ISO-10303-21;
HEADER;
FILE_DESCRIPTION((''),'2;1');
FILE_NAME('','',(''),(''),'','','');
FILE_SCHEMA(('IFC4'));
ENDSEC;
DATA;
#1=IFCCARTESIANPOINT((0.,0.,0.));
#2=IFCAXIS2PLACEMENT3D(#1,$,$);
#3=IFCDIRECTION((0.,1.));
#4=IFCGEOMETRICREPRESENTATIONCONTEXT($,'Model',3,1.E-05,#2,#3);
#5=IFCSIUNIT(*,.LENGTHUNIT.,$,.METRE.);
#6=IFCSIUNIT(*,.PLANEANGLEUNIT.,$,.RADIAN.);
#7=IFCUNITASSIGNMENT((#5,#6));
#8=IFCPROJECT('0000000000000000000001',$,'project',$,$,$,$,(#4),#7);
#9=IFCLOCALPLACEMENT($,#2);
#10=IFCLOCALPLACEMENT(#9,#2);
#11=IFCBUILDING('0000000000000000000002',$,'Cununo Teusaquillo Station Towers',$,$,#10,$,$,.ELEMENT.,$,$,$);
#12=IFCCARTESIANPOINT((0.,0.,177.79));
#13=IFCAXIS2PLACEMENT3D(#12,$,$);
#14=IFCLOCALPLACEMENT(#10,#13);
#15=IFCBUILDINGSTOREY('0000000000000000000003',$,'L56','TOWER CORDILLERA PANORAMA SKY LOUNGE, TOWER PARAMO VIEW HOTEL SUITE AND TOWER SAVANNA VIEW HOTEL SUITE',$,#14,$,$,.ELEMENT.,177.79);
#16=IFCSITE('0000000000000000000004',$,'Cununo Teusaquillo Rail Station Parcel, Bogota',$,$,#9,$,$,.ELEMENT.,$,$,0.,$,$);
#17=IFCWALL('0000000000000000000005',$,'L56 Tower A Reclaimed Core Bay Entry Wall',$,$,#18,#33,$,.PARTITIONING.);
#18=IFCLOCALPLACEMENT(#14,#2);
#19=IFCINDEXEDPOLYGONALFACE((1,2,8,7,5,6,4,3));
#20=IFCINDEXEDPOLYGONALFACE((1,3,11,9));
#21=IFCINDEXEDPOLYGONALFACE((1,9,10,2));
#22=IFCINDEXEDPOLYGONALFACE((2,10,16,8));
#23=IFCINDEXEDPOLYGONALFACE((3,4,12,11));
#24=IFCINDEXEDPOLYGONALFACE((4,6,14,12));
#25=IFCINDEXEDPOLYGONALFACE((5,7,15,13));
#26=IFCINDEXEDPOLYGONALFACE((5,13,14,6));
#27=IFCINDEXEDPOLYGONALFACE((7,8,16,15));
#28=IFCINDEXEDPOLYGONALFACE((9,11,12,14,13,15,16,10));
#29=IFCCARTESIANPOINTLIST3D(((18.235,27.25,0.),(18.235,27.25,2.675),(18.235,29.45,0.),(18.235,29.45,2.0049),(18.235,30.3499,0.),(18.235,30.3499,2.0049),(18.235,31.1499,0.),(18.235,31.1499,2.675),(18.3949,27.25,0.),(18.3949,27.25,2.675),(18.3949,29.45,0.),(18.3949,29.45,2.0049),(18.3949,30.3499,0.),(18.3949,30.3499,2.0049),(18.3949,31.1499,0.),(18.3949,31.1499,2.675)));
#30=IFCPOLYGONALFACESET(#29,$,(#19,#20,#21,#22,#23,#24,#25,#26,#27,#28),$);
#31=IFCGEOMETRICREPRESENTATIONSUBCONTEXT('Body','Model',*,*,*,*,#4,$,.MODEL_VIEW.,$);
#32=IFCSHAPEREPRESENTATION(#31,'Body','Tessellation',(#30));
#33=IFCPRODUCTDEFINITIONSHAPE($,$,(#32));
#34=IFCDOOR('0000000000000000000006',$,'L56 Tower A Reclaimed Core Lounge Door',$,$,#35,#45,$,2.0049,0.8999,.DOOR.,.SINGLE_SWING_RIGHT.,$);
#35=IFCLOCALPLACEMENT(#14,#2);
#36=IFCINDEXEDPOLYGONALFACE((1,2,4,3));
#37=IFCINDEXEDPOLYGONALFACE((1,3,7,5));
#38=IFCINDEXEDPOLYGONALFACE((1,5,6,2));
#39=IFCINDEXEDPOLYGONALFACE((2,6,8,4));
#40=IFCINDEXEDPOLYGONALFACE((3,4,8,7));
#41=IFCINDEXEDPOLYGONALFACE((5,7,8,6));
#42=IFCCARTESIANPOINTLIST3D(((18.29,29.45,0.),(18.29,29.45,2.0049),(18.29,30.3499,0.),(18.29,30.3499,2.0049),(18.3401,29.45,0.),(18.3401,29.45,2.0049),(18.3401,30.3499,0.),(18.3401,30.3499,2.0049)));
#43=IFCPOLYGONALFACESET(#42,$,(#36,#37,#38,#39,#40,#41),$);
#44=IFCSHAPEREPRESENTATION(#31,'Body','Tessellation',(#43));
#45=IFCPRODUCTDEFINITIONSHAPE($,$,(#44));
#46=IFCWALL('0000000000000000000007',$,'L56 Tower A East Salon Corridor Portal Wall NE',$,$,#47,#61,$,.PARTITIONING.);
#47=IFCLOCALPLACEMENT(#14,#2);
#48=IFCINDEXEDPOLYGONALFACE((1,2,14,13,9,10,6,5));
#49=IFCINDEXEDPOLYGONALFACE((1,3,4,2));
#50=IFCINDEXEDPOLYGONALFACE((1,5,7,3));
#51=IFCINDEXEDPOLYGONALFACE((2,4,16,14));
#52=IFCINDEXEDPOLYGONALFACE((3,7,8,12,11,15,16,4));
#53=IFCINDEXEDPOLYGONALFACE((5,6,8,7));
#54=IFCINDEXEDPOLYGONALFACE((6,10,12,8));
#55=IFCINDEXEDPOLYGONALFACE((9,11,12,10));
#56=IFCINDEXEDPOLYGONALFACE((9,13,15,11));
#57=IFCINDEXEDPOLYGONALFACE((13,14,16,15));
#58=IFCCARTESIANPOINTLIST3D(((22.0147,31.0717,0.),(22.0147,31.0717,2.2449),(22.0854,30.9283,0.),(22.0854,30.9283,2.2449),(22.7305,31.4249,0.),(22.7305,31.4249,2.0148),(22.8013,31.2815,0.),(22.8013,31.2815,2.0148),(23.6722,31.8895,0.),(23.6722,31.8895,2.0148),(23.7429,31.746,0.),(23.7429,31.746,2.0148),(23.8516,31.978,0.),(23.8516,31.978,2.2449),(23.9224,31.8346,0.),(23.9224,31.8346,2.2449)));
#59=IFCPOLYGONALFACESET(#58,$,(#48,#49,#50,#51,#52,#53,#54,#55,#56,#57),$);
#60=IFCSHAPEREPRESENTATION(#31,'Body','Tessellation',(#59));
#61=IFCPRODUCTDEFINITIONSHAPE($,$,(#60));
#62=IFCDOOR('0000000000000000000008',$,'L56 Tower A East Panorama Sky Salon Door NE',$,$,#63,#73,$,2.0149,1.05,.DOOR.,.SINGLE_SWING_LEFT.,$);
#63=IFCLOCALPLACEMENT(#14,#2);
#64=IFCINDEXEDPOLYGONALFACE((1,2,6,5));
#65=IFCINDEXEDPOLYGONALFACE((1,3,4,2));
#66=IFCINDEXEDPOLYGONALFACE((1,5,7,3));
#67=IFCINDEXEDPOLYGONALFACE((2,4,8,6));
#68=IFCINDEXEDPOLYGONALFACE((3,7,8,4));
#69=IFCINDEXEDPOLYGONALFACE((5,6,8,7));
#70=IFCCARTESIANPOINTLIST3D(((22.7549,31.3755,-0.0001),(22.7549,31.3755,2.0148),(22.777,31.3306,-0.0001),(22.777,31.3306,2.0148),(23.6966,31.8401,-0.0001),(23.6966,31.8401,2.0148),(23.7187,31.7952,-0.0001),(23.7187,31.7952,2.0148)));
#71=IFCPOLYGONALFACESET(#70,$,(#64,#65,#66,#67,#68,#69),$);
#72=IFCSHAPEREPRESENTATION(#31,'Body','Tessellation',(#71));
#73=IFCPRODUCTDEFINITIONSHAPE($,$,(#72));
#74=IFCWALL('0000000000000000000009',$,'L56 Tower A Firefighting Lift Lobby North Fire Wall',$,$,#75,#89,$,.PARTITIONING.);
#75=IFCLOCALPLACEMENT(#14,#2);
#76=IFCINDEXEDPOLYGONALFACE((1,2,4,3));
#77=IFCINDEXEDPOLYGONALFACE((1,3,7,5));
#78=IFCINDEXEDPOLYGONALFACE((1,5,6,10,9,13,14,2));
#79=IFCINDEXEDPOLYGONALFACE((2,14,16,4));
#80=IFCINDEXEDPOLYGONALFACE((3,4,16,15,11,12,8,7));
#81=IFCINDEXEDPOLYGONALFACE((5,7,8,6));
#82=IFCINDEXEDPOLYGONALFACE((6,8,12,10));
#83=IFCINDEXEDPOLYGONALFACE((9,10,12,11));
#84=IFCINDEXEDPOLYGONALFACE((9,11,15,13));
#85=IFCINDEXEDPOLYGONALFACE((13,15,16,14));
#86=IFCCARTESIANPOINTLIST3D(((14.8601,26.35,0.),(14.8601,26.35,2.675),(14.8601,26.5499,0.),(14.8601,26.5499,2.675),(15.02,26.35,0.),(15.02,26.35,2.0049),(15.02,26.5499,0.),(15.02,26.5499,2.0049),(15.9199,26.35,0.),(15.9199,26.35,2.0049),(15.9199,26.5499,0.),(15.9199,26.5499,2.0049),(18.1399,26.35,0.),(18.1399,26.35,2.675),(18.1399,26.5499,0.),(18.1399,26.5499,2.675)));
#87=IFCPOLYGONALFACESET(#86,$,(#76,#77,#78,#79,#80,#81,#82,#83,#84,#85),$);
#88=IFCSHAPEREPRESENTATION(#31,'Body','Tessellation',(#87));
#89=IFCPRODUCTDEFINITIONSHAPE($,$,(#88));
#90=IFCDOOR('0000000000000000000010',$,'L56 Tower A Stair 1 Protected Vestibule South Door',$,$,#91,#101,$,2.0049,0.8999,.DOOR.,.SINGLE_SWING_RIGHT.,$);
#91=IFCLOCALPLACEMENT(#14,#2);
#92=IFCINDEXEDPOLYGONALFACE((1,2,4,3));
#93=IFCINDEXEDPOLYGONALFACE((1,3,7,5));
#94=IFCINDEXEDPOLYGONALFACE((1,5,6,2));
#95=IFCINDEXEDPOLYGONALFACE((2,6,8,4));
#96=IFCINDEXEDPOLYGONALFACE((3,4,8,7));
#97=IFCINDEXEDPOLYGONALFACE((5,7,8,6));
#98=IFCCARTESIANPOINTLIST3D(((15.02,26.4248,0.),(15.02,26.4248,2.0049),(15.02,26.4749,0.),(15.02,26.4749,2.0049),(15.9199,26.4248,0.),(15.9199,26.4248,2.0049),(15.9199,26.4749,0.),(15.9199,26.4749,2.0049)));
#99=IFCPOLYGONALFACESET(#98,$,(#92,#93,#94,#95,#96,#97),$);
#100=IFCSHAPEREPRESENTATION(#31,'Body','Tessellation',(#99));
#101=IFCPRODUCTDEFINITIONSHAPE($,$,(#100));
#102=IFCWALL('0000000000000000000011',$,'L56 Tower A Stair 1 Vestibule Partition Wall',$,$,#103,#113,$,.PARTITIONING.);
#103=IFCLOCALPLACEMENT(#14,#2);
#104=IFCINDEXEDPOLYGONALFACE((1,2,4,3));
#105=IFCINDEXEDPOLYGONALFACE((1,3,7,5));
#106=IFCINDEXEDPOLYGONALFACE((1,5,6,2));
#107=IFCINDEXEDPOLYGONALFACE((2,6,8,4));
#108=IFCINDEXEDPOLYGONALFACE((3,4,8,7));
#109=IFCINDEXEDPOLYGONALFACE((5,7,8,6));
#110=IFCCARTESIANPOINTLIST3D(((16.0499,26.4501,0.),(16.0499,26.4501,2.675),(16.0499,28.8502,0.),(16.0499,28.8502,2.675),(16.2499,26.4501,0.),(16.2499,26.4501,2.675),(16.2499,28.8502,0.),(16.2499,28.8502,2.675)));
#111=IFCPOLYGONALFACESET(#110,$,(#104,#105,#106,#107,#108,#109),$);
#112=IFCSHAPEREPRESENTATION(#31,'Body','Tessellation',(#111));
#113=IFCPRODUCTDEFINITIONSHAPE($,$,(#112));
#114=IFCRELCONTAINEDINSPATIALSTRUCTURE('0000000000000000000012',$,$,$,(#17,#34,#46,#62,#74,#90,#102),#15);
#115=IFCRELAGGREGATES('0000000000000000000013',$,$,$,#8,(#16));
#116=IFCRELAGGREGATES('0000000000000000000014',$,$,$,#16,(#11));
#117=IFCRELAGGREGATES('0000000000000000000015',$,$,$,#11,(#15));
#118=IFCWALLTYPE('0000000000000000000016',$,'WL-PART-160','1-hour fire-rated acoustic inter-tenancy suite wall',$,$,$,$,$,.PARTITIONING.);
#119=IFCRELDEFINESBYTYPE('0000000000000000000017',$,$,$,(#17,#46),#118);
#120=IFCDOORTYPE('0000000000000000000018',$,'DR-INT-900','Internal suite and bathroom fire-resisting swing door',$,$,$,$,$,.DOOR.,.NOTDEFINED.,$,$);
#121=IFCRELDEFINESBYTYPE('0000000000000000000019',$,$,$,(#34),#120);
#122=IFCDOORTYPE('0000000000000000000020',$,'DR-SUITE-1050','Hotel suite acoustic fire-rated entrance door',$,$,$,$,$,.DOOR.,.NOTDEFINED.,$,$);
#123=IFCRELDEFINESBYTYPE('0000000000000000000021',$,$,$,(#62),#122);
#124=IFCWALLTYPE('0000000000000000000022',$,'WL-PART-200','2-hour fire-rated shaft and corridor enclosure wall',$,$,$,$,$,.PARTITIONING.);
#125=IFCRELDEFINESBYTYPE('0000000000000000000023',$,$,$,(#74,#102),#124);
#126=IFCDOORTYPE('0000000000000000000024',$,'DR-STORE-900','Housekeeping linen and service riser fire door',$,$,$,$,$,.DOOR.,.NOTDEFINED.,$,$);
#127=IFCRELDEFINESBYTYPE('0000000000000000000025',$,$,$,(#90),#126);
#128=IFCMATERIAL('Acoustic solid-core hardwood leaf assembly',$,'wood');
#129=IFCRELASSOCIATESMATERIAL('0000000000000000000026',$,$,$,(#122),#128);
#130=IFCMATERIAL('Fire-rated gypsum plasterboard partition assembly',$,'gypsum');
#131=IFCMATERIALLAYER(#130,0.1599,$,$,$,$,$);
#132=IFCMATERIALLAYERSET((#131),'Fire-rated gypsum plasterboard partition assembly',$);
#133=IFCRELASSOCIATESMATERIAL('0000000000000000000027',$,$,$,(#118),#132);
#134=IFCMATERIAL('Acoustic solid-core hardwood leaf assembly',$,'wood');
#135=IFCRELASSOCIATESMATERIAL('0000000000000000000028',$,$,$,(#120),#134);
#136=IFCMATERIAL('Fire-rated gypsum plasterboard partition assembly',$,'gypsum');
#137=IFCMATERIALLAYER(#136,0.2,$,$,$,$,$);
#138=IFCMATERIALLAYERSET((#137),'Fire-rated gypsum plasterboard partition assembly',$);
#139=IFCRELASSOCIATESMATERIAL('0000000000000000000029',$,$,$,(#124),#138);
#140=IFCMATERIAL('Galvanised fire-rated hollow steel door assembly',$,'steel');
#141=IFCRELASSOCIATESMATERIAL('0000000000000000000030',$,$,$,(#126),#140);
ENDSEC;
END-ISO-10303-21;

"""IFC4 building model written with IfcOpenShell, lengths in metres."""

from ifc_helpers import new_model, si_unit, direction, frame, frame_2d, origin, place, context, subcontext, project, spatial, rectangle, extrude, source, transform, mapped, material, layer, layer_set, type_object, element, fill, save


model = new_model("IFC4")

# Units and contexts
model_context = context("Model", 3, precision=1e-05, world=origin(), true_north=direction((0.0, 1.0)))
body_context = subcontext(model_context, "Body", "Model", "MODEL_VIEW")
ifc_project = project(units=[si_unit("LENGTHUNIT", "METRE"), si_unit("PLANEANGLEUNIT", "RADIAN")], contexts=[model_context])

# Site, building, storey
site_placement = place(None, origin())
site = spatial("IfcSite", under=ifc_project, at=site_placement, Name="Cununo Teusaquillo Rail Station Parcel, Bogota", CompositionType="ELEMENT", RefElevation=0.0)
building_placement = place(site_placement, origin())
building = spatial("IfcBuilding", under=site, at=building_placement, Name="Cununo Teusaquillo Station Towers", CompositionType="ELEMENT")
storey_placement = place(building_placement, frame((0.0, 0.0, 177.79)))
storey = spatial("IfcBuildingStorey", under=building, at=storey_placement, Name="L56", Description="TOWER CORDILLERA PANORAMA SKY LOUNGE, TOWER PARAMO VIEW HOTEL SUITE AND TOWER SAVANNA VIEW HOTEL SUITE", CompositionType="ELEMENT", Elevation=177.79)

# Walls, openings, doors
ifc_material_1 = material(Name="Acoustic solid-core hardwood leaf assembly", Category="wood")
door_type_1 = type_object("IfcDoorType", Name="DR-SUITE-1050", Description="Hotel suite acoustic fire-rated entrance door", OperationType="NOTDEFINED", PredefinedType="DOOR", material=ifc_material_1)
shared_shape_1 = source(origin(), body_context, "Body", "SweptSolid", [
    extrude(rectangle(XDim=1.05, YDim=2.0149, at=frame_2d((0.5249, 1.0073))), frame((0.0, 0.0249, 0.0), z_axis=(0.0, -1.0, 0.0), x_axis=(1.0, 0.0, 0.0)), (0.0, 0.0, 1.0), 0.05),
])
ifc_material_2 = material(Name="Fire-rated gypsum plasterboard partition assembly", Category="gypsum")
ifc_layer_1 = layer(ifc_material_2, 0.1599)
ifc_layer_set_1 = layer_set([ifc_layer_1], Name="Fire-rated gypsum plasterboard partition assembly")
wall_type_1 = type_object("IfcWallType", Name="WL-PART-160", Description="1-hour fire-rated acoustic inter-tenancy suite wall", PredefinedType="PARTITIONING", material=ifc_layer_set_1)
wall_1_placement = place(storey_placement, frame((18.3149, 27.25, 0.0), z_axis=(0.0, 0.0, 1.0), x_axis=(0.0, 1.0, 0.0)))
wall_1 = element("IfcWall", 1, at=wall_1_placement, inside=storey, type_object=wall_type_1, Name="L56 Tower A Reclaimed Core Bay Entry Wall", PredefinedType="PARTITIONING", context=body_context, shape_type="SweptSolid", body=[
    extrude(rectangle(XDim=3.8999, YDim=0.1599, at=frame_2d((1.95, 0.0))), origin(), (0.0, 0.0, 1.0), 2.675),
])
shared_shape_2 = source(origin(), body_context, "Body", "SweptSolid", [
    extrude(rectangle(XDim=0.8999, YDim=2.0049, at=frame_2d((0.45, 1.0024))), frame((0.0, 0.0898, 0.0), z_axis=(0.0, -1.0, 0.0), x_axis=(1.0, 0.0, 0.0)), (0.0, 0.0, 1.0), 0.1799),
])
opening_1_placement = place(wall_1_placement, frame((2.2, 0.0, 0.0)))
opening_1 = element("IfcOpeningElement", 2, at=opening_1_placement, cuts=wall_1, PredefinedType="OPENING", context=body_context, shape_type="MappedRepresentation", body=[
    mapped(shared_shape_2, transform((0.0, 0.0, 0.0), x_axis=(1.0, 0.0, 0.0), y_axis=(0.0, 1.0, 0.0), z_axis=(0.0, 0.0, 1.0), scale=1.0)),
])
ifc_material_3 = material(Name="Acoustic solid-core hardwood leaf assembly", Category="wood")
door_type_2 = type_object("IfcDoorType", Name="DR-INT-900", Description="Internal suite and bathroom fire-resisting swing door", OperationType="NOTDEFINED", PredefinedType="DOOR", material=ifc_material_3)
shared_shape_3 = source(origin(), body_context, "Body", "SweptSolid", [
    extrude(rectangle(XDim=0.8999, YDim=2.0049, at=frame_2d((0.45, 1.0024))), frame((0.0, 0.0249, 0.0), z_axis=(0.0, -1.0, 0.0), x_axis=(1.0, 0.0, 0.0)), (0.0, 0.0, 1.0), 0.05),
])
door_1_placement = place(opening_1_placement, origin())
door_1 = element("IfcDoor", 3, at=door_1_placement, inside=storey, type_object=door_type_2, Name="L56 Tower A Reclaimed Core Lounge Door", OperationType="SINGLE_SWING_RIGHT", OverallHeight=2.0049, OverallWidth=0.8999, PredefinedType="DOOR", context=body_context, shape_type="MappedRepresentation", body=[
    mapped(shared_shape_3, transform((0.0, 0.0, 0.0), x_axis=(1.0, 0.0, 0.0), y_axis=(0.0, 1.0, 0.0), z_axis=(0.0, 0.0, 1.0), scale=1.0)),
])
fill(opening_1, door_1)
wall_2_placement = place(storey_placement, frame((22.05, 31.0, 0.0), z_axis=(0.0, 0.0, 1.0), x_axis=(0.896798, 0.44244, 0.0)))
wall_2 = element("IfcWall", 4, at=wall_2_placement, inside=storey, type_object=wall_type_1, Name="L56 Tower A East Salon Corridor Portal Wall NE", PredefinedType="PARTITIONING", context=body_context, shape_type="SweptSolid", body=[
    extrude(rectangle(XDim=2.0483, YDim=0.1599, at=frame_2d((1.0242, 0.0))), origin(), (0.0, 0.0, 1.0), 2.2449),
])
shared_shape_4 = source(origin(), body_context, "Body", "SweptSolid", [
    extrude(rectangle(XDim=1.05, YDim=2.0149, at=frame_2d((0.5249, 1.0073))), frame((0.0, 0.0898, 0.0), z_axis=(0.0, -1.0, 0.0), x_axis=(1.0, 0.0, 0.0)), (0.0, 0.0, 1.0), 0.1799),
])
opening_2_placement = place(wall_2_placement, frame((0.7983, 0.0, 0.0)))
opening_2 = element("IfcOpeningElement", 5, at=opening_2_placement, cuts=wall_2, PredefinedType="OPENING", context=body_context, shape_type="MappedRepresentation", body=[
    mapped(shared_shape_4, transform((0.0, 0.0, 0.0), x_axis=(1.0, 0.0, 0.0), y_axis=(0.0, 1.0, 0.0), z_axis=(0.0, 0.0, 1.0), scale=1.0)),
])
door_2_placement = place(opening_2_placement, origin())
door_2 = element("IfcDoor", 6, at=door_2_placement, inside=storey, type_object=door_type_1, Name="L56 Tower A East Panorama Sky Salon Door NE", OperationType="SINGLE_SWING_LEFT", OverallHeight=2.0149, OverallWidth=1.05, PredefinedType="DOOR", context=body_context, shape_type="MappedRepresentation", body=[
    mapped(shared_shape_1, transform((0.0, 0.0, 0.0), x_axis=(1.0, 0.0, 0.0), y_axis=(0.0, 1.0, 0.0), z_axis=(0.0, 0.0, 1.0), scale=1.0)),
])
fill(opening_2, door_2)
ifc_material_4 = material(Name="Fire-rated gypsum plasterboard partition assembly", Category="gypsum")
ifc_layer_2 = layer(ifc_material_4, 0.2)
ifc_layer_set_2 = layer_set([ifc_layer_2], Name="Fire-rated gypsum plasterboard partition assembly")
wall_type_2 = type_object("IfcWallType", Name="WL-PART-200", Description="2-hour fire-rated shaft and corridor enclosure wall", PredefinedType="PARTITIONING", material=ifc_layer_set_2)
wall_3_placement = place(storey_placement, frame((14.8601, 26.45, 0.0), z_axis=(0.0, 0.0, 1.0), x_axis=(1.0, 0.0, 0.0)))
wall_3 = element("IfcWall", 7, at=wall_3_placement, inside=storey, type_object=wall_type_2, Name="L56 Tower A Firefighting Lift Lobby North Fire Wall", PredefinedType="PARTITIONING", context=body_context, shape_type="SweptSolid", body=[
    extrude(rectangle(XDim=3.2798, YDim=0.2, at=frame_2d((1.6399, 0.0))), origin(), (0.0, 0.0, 1.0), 2.675),
])
shared_shape_5 = source(origin(), body_context, "Body", "SweptSolid", [
    extrude(rectangle(XDim=0.8999, YDim=2.0049, at=frame_2d((0.45, 1.0024))), frame((0.0, 0.1099, 0.0), z_axis=(0.0, -1.0, 0.0), x_axis=(1.0, 0.0, 0.0)), (0.0, 0.0, 1.0), 0.22),
])
opening_3_placement = place(wall_3_placement, frame((0.1599, 0.0, 0.0)))
opening_3 = element("IfcOpeningElement", 8, at=opening_3_placement, cuts=wall_3, PredefinedType="OPENING", context=body_context, shape_type="MappedRepresentation", body=[
    mapped(shared_shape_5, transform((0.0, 0.0, 0.0), x_axis=(1.0, 0.0, 0.0), y_axis=(0.0, 1.0, 0.0), z_axis=(0.0, 0.0, 1.0), scale=1.0)),
])
ifc_material_5 = material(Name="Galvanised fire-rated hollow steel door assembly", Category="steel")
door_type_3 = type_object("IfcDoorType", Name="DR-STORE-900", Description="Housekeeping linen and service riser fire door", OperationType="NOTDEFINED", PredefinedType="DOOR", material=ifc_material_5)
door_3_placement = place(opening_3_placement, origin())
door_3 = element("IfcDoor", 9, at=door_3_placement, inside=storey, type_object=door_type_3, Name="L56 Tower A Stair 1 Protected Vestibule South Door", OperationType="SINGLE_SWING_RIGHT", OverallHeight=2.0049, OverallWidth=0.8999, PredefinedType="DOOR", context=body_context, shape_type="MappedRepresentation", body=[
    mapped(shared_shape_3, transform((0.0, 0.0, 0.0), x_axis=(1.0, 0.0, 0.0), y_axis=(0.0, 1.0, 0.0), z_axis=(0.0, 0.0, 1.0), scale=1.0)),
])
fill(opening_3, door_3)

# Wall
wall_4_placement = place(storey_placement, frame((16.1499, 26.45, 0.0), z_axis=(0.0, 0.0, 1.0), x_axis=(0.0, 1.0, 0.0)))
element("IfcWall", 10, at=wall_4_placement, inside=storey, type_object=wall_type_2, Name="L56 Tower A Stair 1 Vestibule Partition Wall", PredefinedType="PARTITIONING", context=body_context, shape_type="SweptSolid", body=[
    extrude(rectangle(XDim=2.4001, YDim=0.2, at=frame_2d((1.2002, 0.0))), origin(), (0.0, 0.0, 1.0), 2.675),
])

save(model, "model.ifc")
